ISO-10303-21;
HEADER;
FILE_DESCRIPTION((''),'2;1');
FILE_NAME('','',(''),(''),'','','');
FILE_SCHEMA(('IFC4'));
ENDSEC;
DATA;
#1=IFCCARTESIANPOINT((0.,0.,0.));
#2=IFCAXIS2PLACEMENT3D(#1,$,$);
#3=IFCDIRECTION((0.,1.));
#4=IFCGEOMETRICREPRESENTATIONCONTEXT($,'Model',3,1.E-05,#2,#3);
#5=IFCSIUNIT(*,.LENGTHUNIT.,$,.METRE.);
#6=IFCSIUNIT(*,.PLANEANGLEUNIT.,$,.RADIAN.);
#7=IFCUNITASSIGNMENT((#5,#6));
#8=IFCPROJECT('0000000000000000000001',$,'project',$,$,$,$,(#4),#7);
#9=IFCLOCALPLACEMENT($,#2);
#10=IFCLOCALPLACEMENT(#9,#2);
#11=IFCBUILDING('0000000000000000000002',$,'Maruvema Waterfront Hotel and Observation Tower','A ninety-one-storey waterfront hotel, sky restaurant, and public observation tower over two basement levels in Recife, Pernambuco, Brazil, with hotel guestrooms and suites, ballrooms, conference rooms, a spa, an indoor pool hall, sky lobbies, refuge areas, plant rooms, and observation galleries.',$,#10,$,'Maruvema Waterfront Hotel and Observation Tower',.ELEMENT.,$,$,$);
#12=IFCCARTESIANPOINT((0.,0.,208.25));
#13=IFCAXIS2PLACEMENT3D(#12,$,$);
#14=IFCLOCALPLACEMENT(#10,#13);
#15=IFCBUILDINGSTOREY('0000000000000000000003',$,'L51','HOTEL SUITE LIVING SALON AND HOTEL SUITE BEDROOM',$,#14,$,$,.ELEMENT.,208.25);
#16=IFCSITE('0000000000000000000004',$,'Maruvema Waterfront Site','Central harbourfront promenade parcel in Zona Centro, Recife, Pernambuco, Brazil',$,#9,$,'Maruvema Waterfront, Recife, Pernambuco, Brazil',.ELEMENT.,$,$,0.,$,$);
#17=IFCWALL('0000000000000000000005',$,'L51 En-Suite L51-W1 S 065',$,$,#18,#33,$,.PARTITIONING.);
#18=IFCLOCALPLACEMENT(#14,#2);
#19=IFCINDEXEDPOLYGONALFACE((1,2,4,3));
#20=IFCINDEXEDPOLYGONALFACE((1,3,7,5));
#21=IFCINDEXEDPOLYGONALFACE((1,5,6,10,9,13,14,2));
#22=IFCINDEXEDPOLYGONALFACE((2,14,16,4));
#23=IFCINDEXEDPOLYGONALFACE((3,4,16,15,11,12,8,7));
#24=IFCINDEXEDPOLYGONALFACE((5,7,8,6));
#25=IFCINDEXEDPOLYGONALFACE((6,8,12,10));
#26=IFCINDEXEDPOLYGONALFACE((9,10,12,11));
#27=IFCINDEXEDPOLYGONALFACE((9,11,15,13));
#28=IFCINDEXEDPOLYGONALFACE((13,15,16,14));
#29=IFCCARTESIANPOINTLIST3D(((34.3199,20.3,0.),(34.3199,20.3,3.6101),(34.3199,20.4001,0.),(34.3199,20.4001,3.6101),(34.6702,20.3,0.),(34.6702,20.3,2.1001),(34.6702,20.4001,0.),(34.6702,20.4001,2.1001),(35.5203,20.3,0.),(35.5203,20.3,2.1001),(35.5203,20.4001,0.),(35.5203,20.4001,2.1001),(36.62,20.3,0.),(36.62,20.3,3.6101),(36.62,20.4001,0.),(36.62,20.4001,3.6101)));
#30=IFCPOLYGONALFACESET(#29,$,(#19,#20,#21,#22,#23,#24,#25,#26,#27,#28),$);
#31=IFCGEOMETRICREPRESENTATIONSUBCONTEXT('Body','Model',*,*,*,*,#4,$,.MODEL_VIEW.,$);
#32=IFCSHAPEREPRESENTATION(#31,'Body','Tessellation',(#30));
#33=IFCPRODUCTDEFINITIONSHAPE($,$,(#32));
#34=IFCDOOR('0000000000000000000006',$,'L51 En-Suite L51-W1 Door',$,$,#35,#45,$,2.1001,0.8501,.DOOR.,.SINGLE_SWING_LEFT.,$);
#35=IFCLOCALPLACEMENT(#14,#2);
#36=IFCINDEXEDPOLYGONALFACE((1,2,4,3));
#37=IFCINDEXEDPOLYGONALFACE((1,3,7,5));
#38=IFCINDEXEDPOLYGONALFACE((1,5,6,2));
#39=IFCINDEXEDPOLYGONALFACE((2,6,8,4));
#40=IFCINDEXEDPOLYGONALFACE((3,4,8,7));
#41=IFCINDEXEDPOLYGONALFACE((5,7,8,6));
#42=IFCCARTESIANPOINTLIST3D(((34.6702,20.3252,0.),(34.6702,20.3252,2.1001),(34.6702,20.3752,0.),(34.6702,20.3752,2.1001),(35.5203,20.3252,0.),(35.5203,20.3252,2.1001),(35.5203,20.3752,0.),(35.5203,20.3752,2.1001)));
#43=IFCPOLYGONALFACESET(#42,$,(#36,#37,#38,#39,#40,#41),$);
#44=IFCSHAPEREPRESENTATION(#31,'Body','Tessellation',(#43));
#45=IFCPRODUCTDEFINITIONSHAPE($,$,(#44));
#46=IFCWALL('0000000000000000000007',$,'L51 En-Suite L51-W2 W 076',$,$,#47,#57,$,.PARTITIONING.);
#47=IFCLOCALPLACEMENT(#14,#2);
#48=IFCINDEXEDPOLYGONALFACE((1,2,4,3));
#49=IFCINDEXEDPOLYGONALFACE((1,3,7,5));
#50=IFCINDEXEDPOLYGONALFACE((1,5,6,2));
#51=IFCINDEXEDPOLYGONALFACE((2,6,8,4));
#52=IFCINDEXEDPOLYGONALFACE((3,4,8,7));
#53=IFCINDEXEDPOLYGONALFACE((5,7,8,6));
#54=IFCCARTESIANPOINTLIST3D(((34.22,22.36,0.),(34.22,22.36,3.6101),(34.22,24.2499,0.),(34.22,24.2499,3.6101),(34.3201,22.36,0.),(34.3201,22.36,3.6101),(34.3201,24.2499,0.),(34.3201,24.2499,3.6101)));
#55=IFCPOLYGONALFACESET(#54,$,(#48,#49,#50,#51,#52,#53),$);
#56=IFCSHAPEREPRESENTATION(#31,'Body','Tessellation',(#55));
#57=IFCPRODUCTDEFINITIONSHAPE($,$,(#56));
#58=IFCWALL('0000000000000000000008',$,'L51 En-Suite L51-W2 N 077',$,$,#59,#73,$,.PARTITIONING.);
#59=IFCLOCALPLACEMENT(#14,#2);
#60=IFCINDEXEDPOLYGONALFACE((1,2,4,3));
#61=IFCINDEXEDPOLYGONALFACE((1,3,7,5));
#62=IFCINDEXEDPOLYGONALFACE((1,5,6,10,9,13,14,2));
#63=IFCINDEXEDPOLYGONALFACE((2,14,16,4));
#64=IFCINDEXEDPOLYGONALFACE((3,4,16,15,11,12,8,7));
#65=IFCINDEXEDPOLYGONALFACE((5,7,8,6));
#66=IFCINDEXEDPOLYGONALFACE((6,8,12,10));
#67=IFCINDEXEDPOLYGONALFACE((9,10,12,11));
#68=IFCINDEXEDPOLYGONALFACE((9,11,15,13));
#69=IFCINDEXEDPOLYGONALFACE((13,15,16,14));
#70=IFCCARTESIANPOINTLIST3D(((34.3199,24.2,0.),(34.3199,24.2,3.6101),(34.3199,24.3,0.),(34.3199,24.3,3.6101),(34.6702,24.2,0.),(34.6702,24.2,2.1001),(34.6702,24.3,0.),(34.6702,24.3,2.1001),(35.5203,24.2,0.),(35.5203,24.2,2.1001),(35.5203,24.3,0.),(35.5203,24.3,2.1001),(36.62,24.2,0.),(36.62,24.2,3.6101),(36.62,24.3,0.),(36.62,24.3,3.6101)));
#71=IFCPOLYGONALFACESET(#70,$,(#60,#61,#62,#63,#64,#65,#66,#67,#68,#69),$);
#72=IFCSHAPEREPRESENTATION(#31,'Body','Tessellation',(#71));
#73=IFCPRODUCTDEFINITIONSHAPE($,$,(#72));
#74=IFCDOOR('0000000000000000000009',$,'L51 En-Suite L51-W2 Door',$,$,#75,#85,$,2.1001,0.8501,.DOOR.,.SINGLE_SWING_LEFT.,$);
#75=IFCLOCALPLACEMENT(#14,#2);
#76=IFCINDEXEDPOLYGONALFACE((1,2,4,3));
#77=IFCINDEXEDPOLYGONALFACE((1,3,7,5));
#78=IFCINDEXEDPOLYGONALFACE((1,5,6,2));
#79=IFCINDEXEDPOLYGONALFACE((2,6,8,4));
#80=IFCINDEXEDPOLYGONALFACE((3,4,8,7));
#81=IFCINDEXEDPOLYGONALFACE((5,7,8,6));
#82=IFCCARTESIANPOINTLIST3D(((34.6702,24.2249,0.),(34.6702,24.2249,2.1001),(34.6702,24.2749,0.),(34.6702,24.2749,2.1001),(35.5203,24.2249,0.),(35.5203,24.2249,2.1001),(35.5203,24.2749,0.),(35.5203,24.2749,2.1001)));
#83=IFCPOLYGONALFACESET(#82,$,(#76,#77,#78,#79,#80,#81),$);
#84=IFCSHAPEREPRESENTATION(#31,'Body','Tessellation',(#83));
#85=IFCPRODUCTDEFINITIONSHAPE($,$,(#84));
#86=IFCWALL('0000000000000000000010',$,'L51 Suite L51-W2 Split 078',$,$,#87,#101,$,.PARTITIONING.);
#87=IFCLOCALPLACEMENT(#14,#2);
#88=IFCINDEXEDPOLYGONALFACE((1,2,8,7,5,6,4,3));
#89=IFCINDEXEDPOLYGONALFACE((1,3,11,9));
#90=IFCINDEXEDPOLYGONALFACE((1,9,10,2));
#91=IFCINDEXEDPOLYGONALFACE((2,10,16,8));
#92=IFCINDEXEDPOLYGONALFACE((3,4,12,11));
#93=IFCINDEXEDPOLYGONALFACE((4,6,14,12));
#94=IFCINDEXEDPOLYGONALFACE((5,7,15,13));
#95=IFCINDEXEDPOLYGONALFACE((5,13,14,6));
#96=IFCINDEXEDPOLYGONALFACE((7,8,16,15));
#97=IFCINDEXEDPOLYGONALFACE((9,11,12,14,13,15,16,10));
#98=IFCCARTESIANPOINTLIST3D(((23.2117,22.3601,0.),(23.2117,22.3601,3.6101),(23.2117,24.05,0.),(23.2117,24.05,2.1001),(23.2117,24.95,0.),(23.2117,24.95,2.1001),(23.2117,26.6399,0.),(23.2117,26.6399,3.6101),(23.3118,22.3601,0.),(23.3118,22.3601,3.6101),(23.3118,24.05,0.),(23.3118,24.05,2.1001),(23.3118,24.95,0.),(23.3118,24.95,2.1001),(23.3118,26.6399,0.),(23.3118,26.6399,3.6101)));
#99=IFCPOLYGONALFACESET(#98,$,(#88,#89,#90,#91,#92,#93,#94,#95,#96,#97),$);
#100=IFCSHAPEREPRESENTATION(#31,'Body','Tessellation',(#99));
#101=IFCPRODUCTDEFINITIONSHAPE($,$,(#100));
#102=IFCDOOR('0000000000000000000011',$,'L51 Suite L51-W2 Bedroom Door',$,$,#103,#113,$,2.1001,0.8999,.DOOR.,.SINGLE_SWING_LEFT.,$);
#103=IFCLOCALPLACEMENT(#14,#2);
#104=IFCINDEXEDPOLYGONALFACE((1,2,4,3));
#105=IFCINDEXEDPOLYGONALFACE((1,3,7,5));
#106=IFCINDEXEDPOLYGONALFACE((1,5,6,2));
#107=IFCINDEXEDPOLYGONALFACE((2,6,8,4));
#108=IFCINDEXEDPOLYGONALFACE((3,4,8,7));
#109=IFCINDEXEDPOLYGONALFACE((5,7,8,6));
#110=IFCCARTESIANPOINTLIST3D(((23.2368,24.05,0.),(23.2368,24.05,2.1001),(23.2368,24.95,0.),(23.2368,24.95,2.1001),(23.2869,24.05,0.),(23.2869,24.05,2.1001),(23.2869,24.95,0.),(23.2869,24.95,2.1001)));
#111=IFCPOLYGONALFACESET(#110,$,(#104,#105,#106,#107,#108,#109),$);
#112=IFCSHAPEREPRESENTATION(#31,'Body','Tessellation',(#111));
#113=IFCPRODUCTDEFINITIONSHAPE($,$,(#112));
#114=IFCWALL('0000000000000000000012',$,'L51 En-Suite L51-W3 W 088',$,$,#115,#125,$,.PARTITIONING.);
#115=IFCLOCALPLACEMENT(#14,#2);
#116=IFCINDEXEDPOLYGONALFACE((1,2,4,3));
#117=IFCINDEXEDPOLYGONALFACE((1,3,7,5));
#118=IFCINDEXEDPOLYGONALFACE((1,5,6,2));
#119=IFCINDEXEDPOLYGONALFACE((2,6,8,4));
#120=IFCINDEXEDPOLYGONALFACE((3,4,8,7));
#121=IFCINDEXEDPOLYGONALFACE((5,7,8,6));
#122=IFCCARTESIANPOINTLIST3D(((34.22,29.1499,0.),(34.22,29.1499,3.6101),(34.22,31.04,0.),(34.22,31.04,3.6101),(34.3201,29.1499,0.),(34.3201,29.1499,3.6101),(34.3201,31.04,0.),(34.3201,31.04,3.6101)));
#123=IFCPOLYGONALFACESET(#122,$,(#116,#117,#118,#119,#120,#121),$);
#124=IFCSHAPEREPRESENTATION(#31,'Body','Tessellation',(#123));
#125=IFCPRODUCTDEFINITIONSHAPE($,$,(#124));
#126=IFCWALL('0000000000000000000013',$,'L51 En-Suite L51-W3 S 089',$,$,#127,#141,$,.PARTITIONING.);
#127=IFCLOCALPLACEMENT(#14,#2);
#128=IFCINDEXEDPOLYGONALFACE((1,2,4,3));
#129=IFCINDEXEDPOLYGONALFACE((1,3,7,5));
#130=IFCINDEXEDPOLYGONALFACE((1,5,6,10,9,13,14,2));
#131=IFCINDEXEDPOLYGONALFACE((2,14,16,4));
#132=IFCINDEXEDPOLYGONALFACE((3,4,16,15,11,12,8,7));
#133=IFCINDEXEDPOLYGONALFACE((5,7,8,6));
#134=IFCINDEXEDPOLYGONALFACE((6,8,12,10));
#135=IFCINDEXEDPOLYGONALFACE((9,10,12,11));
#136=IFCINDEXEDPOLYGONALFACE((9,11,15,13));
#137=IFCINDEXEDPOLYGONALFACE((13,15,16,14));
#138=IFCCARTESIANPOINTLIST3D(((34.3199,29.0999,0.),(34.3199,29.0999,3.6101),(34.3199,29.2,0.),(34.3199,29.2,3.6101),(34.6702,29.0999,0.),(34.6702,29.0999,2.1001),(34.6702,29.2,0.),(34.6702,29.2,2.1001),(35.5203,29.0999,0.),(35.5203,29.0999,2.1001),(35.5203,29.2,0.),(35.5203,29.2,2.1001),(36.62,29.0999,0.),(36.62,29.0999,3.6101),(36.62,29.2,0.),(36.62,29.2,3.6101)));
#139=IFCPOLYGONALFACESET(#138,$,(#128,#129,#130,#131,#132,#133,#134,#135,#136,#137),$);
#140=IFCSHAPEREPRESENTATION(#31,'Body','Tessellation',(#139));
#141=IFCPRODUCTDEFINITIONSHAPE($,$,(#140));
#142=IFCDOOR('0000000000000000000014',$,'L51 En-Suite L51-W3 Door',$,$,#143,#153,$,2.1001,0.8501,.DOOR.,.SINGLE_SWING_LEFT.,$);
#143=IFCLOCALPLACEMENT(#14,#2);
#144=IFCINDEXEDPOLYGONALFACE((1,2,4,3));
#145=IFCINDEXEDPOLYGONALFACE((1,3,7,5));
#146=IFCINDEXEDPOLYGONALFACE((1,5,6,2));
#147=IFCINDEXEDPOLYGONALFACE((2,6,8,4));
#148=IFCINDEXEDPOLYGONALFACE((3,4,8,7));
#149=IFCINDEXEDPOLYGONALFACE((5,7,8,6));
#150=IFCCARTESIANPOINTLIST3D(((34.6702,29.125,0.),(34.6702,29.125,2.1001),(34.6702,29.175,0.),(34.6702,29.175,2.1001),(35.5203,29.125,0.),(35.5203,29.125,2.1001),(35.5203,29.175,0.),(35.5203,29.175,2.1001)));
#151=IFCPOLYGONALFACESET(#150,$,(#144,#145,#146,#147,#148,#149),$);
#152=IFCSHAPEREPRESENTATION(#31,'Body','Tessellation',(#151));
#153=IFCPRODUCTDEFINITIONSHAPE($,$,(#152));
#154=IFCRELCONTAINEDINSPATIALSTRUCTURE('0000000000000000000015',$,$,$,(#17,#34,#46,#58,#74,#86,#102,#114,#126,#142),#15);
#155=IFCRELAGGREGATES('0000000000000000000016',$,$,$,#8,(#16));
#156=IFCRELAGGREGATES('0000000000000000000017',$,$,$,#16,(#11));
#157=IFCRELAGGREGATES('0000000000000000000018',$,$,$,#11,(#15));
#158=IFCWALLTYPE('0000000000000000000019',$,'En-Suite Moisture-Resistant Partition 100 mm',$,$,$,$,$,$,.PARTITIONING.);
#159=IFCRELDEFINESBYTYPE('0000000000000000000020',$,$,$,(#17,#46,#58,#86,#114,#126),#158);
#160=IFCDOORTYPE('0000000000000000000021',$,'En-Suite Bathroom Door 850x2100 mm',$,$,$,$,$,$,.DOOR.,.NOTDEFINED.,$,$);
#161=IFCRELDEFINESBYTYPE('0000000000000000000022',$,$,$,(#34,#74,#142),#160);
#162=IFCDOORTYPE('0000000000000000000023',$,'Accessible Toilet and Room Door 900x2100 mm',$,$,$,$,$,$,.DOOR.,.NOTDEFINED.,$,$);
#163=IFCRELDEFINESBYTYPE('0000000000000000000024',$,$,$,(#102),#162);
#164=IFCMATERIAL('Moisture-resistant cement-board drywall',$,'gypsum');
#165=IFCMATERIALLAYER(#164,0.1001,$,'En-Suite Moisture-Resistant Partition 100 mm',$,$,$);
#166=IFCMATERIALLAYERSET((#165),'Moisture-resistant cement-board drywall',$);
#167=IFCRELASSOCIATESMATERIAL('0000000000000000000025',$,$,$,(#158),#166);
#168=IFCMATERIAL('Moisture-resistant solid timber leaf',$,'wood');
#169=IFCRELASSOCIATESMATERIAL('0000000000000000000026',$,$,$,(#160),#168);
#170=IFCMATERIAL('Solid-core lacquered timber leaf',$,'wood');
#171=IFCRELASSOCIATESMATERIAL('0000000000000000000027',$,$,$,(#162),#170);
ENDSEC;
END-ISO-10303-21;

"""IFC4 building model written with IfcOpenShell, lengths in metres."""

from ifc_helpers import new_model, si_unit, direction, frame, frame_2d, origin, place, context, subcontext, project, spatial, rectangle, extrude, material, layer, layer_set, type_object, element, fill, save


model = new_model("IFC4")

# Units and contexts
model_context = context("Model", 3, precision=1e-05, world=origin(), true_north=direction((0.0, 1.0)))
body_context = subcontext(model_context, "Body", "Model", "MODEL_VIEW")
ifc_project = project(units=[si_unit("LENGTHUNIT", "METRE"), si_unit("PLANEANGLEUNIT", "RADIAN")], contexts=[model_context])

# Site, building, storey
site_placement = place(None, origin())
site = spatial("IfcSite", under=ifc_project, at=site_placement, Name="Maruvema Waterfront Site", Description="Central harbourfront promenade parcel in Zona Centro, Recife, Pernambuco, Brazil", LongName="Maruvema Waterfront, Recife, Pernambuco, Brazil", CompositionType="ELEMENT", RefElevation=0.0)
building_placement = place(site_placement, origin())
building = spatial("IfcBuilding", under=site, at=building_placement, Name="Maruvema Waterfront Hotel and Observation Tower", Description="A ninety-one-storey waterfront hotel, sky restaurant, and public observation tower over two basement levels in Recife, Pernambuco, Brazil, with hotel guestrooms and suites, ballrooms, conference rooms, a spa, an indoor pool hall, sky lobbies, refuge areas, plant rooms, and observation galleries.", LongName="Maruvema Waterfront Hotel and Observation Tower", CompositionType="ELEMENT")
storey_placement = place(building_placement, frame((0.0, 0.0, 208.25)))
storey = spatial("IfcBuildingStorey", under=building, at=storey_placement, Name="L51", Description="HOTEL SUITE LIVING SALON AND HOTEL SUITE BEDROOM", CompositionType="ELEMENT", Elevation=208.25)

# Wall, opening, door
ifc_material_1 = material(Name="Moisture-resistant cement-board drywall", Category="gypsum")
ifc_layer_1 = layer(ifc_material_1, 0.1001, Name="En-Suite Moisture-Resistant Partition 100 mm")
ifc_layer_set_1 = layer_set([ifc_layer_1], Name="Moisture-resistant cement-board drywall")
wall_type_1 = type_object("IfcWallType", Name="En-Suite Moisture-Resistant Partition 100 mm", PredefinedType="PARTITIONING", material=ifc_layer_set_1)
wall_1_placement = place(storey_placement, frame((34.3201, 20.3501, 0.0), z_axis=(0.0, 0.0, 1.0), x_axis=(1.0, 0.0, 0.0)))
wall_1 = element("IfcWall", 1, at=wall_1_placement, inside=storey, type_object=wall_type_1, Name="L51 En-Suite L51-W1 S 065", PredefinedType="PARTITIONING", context=body_context, shape_type="SweptSolid", body=[
    extrude(rectangle(XDim=2.3, YDim=0.1001, at=frame_2d((1.1499, 0.0))), origin(), (0.0, 0.0, 1.0), 3.6101),
])
opening_1_placement = place(wall_1_placement, frame((0.3501, 0.0, 0.0)))
opening_1 = element("IfcOpeningElement", 2, at=opening_1_placement, cuts=wall_1, PredefinedType="OPENING", context=body_context, shape_type="SweptSolid", body=[
    extrude(rectangle(XDim=0.8501, YDim=2.1001, at=frame_2d((0.425, 1.05))), frame((0.0, 0.0601, 0.0), z_axis=(0.0, -1.0, 0.0), x_axis=(1.0, 0.0, 0.0)), (0.0, 0.0, 1.0), 0.1201),
])
ifc_material_2 = material(Name="Moisture-resistant solid timber leaf", Category="wood")
door_type_1 = type_object("IfcDoorType", Name="En-Suite Bathroom Door 850x2100 mm", OperationType="NOTDEFINED", PredefinedType="DOOR", material=ifc_material_2)
door_1_placement = place(opening_1_placement, frame((0.8501, 0.0, 0.0), z_axis=(0.0, 0.0, 1.0), x_axis=(-1.0, 0.0, 0.0)))
door_1 = element("IfcDoor", 3, at=door_1_placement, inside=storey, type_object=door_type_1, Name="L51 En-Suite L51-W1 Door", OperationType="SINGLE_SWING_LEFT", OverallHeight=2.1001, OverallWidth=0.8501, PredefinedType="DOOR", context=body_context, shape_type="SweptSolid", body=[
    extrude(rectangle(XDim=0.8501, YDim=2.1001, at=frame_2d((0.425, 1.05))), frame((0.0, 0.0249, 0.0), z_axis=(0.0, -1.0, 0.0), x_axis=(1.0, 0.0, 0.0)), (0.0, 0.0, 1.0), 0.05),
])
fill(opening_1, door_1)

# Wall
wall_2_placement = place(storey_placement, frame((34.27, 22.3601, 0.0), z_axis=(0.0, 0.0, 1.0), x_axis=(0.0, 1.0, 0.0)))
element("IfcWall", 4, at=wall_2_placement, inside=storey, type_object=wall_type_1, Name="L51 En-Suite L51-W2 W 076", PredefinedType="PARTITIONING", context=body_context, shape_type="SweptSolid", body=[
    extrude(rectangle(XDim=1.8899, YDim=0.1001, at=frame_2d((0.9448, 0.0))), origin(), (0.0, 0.0, 1.0), 3.6101),
])

# Walls, openings, doors
wall_3_placement = place(storey_placement, frame((34.3201, 24.25, 0.0), z_axis=(0.0, 0.0, 1.0), x_axis=(1.0, 0.0, 0.0)))
wall_3 = element("IfcWall", 5, at=wall_3_placement, inside=storey, type_object=wall_type_1, Name="L51 En-Suite L51-W2 N 077", PredefinedType="PARTITIONING", context=body_context, shape_type="SweptSolid", body=[
    extrude(rectangle(XDim=2.3, YDim=0.1001, at=frame_2d((1.1499, 0.0))), origin(), (0.0, 0.0, 1.0), 3.6101),
])
opening_2_placement = place(wall_3_placement, frame((0.3501, 0.0, 0.0)))
opening_2 = element("IfcOpeningElement", 6, at=opening_2_placement, cuts=wall_3, PredefinedType="OPENING", context=body_context, shape_type="SweptSolid", body=[
    extrude(rectangle(XDim=0.8501, YDim=2.1001, at=frame_2d((0.425, 1.05))), frame((0.0, 0.0601, 0.0), z_axis=(0.0, -1.0, 0.0), x_axis=(1.0, 0.0, 0.0)), (0.0, 0.0, 1.0), 0.1201),
])
door_2_placement = place(opening_2_placement, origin())
door_2 = element("IfcDoor", 7, at=door_2_placement, inside=storey, type_object=door_type_1, Name="L51 En-Suite L51-W2 Door", OperationType="SINGLE_SWING_LEFT", OverallHeight=2.1001, OverallWidth=0.8501, PredefinedType="DOOR", context=body_context, shape_type="SweptSolid", body=[
    extrude(rectangle(XDim=0.8501, YDim=2.1001, at=frame_2d((0.425, 1.05))), frame((0.0, 0.0249, 0.0), z_axis=(0.0, -1.0, 0.0), x_axis=(1.0, 0.0, 0.0)), (0.0, 0.0, 1.0), 0.05),
])
fill(opening_2, door_2)
wall_4_placement = place(storey_placement, frame((23.2617, 22.3601, 0.0), z_axis=(0.0, 0.0, 1.0), x_axis=(0.0, 1.0, 0.0)))
wall_4 = element("IfcWall", 8, at=wall_4_placement, inside=storey, type_object=wall_type_1, Name="L51 Suite L51-W2 Split 078", PredefinedType="PARTITIONING", context=body_context, shape_type="SweptSolid", body=[
    extrude(rectangle(XDim=4.2798, YDim=0.1001, at=frame_2d((2.1399, 0.0))), origin(), (0.0, 0.0, 1.0), 3.6101),
])
opening_3_placement = place(wall_4_placement, frame((1.6899, 0.0, 0.0)))
opening_3 = element("IfcOpeningElement", 9, at=opening_3_placement, cuts=wall_4, PredefinedType="OPENING", context=body_context, shape_type="SweptSolid", body=[
    extrude(rectangle(XDim=0.8999, YDim=2.1001, at=frame_2d((0.45, 1.05))), frame((0.0, 0.0601, 0.0), z_axis=(0.0, -1.0, 0.0), x_axis=(1.0, 0.0, 0.0)), (0.0, 0.0, 1.0), 0.1201),
])
ifc_material_3 = material(Name="Solid-core lacquered timber leaf", Category="wood")
door_type_2 = type_object("IfcDoorType", Name="Accessible Toilet and Room Door 900x2100 mm", OperationType="NOTDEFINED", PredefinedType="DOOR", material=ifc_material_3)
door_3_placement = place(opening_3_placement, origin())
door_3 = element("IfcDoor", 10, at=door_3_placement, inside=storey, type_object=door_type_2, Name="L51 Suite L51-W2 Bedroom Door", OperationType="SINGLE_SWING_LEFT", OverallHeight=2.1001, OverallWidth=0.8999, PredefinedType="DOOR", context=body_context, shape_type="SweptSolid", body=[
    extrude(rectangle(XDim=0.8999, YDim=2.1001, at=frame_2d((0.45, 1.05))), frame((0.0, 0.0249, 0.0), z_axis=(0.0, -1.0, 0.0), x_axis=(1.0, 0.0, 0.0)), (0.0, 0.0, 1.0), 0.05),
])
fill(opening_3, door_3)

# Wall
wall_5_placement = place(storey_placement, frame((34.27, 29.1499, 0.0), z_axis=(0.0, 0.0, 1.0), x_axis=(0.0, 1.0, 0.0)))
element("IfcWall", 11, at=wall_5_placement, inside=storey, type_object=wall_type_1, Name="L51 En-Suite L51-W3 W 088", PredefinedType="PARTITIONING", context=body_context, shape_type="SweptSolid", body=[
    extrude(rectangle(XDim=1.8901, YDim=0.1001, at=frame_2d((0.9451, 0.0))), origin(), (0.0, 0.0, 1.0), 3.6101),
])

# Wall, opening, door
wall_6_placement = place(storey_placement, frame((34.3201, 29.1499, 0.0), z_axis=(0.0, 0.0, 1.0), x_axis=(1.0, 0.0, 0.0)))
wall_6 = element("IfcWall", 12, at=wall_6_placement, inside=storey, type_object=wall_type_1, Name="L51 En-Suite L51-W3 S 089", PredefinedType="PARTITIONING", context=body_context, shape_type="SweptSolid", body=[
    extrude(rectangle(XDim=2.3, YDim=0.1001, at=frame_2d((1.1499, 0.0))), origin(), (0.0, 0.0, 1.0), 3.6101),
])
opening_4_placement = place(wall_6_placement, frame((0.3501, 0.0, 0.0)))
opening_4 = element("IfcOpeningElement", 13, at=opening_4_placement, cuts=wall_6, PredefinedType="OPENING", context=body_context, shape_type="SweptSolid", body=[
    extrude(rectangle(XDim=0.8501, YDim=2.1001, at=frame_2d((0.425, 1.05))), frame((0.0, 0.0601, 0.0), z_axis=(0.0, -1.0, 0.0), x_axis=(1.0, 0.0, 0.0)), (0.0, 0.0, 1.0), 0.1201),
])
door_4_placement = place(opening_4_placement, frame((0.8501, 0.0, 0.0), z_axis=(0.0, 0.0, 1.0), x_axis=(-1.0, 0.0, 0.0)))
door_4 = element("IfcDoor", 14, at=door_4_placement, inside=storey, type_object=door_type_1, Name="L51 En-Suite L51-W3 Door", OperationType="SINGLE_SWING_LEFT", OverallHeight=2.1001, OverallWidth=0.8501, PredefinedType="DOOR", context=body_context, shape_type="SweptSolid", body=[
    extrude(rectangle(XDim=0.8501, YDim=2.1001, at=frame_2d((0.425, 1.05))), frame((0.0, 0.0249, 0.0), z_axis=(0.0, -1.0, 0.0), x_axis=(1.0, 0.0, 0.0)), (0.0, 0.0, 1.0), 0.05),
])
fill(opening_4, door_4)

save(model, "model.ifc")
